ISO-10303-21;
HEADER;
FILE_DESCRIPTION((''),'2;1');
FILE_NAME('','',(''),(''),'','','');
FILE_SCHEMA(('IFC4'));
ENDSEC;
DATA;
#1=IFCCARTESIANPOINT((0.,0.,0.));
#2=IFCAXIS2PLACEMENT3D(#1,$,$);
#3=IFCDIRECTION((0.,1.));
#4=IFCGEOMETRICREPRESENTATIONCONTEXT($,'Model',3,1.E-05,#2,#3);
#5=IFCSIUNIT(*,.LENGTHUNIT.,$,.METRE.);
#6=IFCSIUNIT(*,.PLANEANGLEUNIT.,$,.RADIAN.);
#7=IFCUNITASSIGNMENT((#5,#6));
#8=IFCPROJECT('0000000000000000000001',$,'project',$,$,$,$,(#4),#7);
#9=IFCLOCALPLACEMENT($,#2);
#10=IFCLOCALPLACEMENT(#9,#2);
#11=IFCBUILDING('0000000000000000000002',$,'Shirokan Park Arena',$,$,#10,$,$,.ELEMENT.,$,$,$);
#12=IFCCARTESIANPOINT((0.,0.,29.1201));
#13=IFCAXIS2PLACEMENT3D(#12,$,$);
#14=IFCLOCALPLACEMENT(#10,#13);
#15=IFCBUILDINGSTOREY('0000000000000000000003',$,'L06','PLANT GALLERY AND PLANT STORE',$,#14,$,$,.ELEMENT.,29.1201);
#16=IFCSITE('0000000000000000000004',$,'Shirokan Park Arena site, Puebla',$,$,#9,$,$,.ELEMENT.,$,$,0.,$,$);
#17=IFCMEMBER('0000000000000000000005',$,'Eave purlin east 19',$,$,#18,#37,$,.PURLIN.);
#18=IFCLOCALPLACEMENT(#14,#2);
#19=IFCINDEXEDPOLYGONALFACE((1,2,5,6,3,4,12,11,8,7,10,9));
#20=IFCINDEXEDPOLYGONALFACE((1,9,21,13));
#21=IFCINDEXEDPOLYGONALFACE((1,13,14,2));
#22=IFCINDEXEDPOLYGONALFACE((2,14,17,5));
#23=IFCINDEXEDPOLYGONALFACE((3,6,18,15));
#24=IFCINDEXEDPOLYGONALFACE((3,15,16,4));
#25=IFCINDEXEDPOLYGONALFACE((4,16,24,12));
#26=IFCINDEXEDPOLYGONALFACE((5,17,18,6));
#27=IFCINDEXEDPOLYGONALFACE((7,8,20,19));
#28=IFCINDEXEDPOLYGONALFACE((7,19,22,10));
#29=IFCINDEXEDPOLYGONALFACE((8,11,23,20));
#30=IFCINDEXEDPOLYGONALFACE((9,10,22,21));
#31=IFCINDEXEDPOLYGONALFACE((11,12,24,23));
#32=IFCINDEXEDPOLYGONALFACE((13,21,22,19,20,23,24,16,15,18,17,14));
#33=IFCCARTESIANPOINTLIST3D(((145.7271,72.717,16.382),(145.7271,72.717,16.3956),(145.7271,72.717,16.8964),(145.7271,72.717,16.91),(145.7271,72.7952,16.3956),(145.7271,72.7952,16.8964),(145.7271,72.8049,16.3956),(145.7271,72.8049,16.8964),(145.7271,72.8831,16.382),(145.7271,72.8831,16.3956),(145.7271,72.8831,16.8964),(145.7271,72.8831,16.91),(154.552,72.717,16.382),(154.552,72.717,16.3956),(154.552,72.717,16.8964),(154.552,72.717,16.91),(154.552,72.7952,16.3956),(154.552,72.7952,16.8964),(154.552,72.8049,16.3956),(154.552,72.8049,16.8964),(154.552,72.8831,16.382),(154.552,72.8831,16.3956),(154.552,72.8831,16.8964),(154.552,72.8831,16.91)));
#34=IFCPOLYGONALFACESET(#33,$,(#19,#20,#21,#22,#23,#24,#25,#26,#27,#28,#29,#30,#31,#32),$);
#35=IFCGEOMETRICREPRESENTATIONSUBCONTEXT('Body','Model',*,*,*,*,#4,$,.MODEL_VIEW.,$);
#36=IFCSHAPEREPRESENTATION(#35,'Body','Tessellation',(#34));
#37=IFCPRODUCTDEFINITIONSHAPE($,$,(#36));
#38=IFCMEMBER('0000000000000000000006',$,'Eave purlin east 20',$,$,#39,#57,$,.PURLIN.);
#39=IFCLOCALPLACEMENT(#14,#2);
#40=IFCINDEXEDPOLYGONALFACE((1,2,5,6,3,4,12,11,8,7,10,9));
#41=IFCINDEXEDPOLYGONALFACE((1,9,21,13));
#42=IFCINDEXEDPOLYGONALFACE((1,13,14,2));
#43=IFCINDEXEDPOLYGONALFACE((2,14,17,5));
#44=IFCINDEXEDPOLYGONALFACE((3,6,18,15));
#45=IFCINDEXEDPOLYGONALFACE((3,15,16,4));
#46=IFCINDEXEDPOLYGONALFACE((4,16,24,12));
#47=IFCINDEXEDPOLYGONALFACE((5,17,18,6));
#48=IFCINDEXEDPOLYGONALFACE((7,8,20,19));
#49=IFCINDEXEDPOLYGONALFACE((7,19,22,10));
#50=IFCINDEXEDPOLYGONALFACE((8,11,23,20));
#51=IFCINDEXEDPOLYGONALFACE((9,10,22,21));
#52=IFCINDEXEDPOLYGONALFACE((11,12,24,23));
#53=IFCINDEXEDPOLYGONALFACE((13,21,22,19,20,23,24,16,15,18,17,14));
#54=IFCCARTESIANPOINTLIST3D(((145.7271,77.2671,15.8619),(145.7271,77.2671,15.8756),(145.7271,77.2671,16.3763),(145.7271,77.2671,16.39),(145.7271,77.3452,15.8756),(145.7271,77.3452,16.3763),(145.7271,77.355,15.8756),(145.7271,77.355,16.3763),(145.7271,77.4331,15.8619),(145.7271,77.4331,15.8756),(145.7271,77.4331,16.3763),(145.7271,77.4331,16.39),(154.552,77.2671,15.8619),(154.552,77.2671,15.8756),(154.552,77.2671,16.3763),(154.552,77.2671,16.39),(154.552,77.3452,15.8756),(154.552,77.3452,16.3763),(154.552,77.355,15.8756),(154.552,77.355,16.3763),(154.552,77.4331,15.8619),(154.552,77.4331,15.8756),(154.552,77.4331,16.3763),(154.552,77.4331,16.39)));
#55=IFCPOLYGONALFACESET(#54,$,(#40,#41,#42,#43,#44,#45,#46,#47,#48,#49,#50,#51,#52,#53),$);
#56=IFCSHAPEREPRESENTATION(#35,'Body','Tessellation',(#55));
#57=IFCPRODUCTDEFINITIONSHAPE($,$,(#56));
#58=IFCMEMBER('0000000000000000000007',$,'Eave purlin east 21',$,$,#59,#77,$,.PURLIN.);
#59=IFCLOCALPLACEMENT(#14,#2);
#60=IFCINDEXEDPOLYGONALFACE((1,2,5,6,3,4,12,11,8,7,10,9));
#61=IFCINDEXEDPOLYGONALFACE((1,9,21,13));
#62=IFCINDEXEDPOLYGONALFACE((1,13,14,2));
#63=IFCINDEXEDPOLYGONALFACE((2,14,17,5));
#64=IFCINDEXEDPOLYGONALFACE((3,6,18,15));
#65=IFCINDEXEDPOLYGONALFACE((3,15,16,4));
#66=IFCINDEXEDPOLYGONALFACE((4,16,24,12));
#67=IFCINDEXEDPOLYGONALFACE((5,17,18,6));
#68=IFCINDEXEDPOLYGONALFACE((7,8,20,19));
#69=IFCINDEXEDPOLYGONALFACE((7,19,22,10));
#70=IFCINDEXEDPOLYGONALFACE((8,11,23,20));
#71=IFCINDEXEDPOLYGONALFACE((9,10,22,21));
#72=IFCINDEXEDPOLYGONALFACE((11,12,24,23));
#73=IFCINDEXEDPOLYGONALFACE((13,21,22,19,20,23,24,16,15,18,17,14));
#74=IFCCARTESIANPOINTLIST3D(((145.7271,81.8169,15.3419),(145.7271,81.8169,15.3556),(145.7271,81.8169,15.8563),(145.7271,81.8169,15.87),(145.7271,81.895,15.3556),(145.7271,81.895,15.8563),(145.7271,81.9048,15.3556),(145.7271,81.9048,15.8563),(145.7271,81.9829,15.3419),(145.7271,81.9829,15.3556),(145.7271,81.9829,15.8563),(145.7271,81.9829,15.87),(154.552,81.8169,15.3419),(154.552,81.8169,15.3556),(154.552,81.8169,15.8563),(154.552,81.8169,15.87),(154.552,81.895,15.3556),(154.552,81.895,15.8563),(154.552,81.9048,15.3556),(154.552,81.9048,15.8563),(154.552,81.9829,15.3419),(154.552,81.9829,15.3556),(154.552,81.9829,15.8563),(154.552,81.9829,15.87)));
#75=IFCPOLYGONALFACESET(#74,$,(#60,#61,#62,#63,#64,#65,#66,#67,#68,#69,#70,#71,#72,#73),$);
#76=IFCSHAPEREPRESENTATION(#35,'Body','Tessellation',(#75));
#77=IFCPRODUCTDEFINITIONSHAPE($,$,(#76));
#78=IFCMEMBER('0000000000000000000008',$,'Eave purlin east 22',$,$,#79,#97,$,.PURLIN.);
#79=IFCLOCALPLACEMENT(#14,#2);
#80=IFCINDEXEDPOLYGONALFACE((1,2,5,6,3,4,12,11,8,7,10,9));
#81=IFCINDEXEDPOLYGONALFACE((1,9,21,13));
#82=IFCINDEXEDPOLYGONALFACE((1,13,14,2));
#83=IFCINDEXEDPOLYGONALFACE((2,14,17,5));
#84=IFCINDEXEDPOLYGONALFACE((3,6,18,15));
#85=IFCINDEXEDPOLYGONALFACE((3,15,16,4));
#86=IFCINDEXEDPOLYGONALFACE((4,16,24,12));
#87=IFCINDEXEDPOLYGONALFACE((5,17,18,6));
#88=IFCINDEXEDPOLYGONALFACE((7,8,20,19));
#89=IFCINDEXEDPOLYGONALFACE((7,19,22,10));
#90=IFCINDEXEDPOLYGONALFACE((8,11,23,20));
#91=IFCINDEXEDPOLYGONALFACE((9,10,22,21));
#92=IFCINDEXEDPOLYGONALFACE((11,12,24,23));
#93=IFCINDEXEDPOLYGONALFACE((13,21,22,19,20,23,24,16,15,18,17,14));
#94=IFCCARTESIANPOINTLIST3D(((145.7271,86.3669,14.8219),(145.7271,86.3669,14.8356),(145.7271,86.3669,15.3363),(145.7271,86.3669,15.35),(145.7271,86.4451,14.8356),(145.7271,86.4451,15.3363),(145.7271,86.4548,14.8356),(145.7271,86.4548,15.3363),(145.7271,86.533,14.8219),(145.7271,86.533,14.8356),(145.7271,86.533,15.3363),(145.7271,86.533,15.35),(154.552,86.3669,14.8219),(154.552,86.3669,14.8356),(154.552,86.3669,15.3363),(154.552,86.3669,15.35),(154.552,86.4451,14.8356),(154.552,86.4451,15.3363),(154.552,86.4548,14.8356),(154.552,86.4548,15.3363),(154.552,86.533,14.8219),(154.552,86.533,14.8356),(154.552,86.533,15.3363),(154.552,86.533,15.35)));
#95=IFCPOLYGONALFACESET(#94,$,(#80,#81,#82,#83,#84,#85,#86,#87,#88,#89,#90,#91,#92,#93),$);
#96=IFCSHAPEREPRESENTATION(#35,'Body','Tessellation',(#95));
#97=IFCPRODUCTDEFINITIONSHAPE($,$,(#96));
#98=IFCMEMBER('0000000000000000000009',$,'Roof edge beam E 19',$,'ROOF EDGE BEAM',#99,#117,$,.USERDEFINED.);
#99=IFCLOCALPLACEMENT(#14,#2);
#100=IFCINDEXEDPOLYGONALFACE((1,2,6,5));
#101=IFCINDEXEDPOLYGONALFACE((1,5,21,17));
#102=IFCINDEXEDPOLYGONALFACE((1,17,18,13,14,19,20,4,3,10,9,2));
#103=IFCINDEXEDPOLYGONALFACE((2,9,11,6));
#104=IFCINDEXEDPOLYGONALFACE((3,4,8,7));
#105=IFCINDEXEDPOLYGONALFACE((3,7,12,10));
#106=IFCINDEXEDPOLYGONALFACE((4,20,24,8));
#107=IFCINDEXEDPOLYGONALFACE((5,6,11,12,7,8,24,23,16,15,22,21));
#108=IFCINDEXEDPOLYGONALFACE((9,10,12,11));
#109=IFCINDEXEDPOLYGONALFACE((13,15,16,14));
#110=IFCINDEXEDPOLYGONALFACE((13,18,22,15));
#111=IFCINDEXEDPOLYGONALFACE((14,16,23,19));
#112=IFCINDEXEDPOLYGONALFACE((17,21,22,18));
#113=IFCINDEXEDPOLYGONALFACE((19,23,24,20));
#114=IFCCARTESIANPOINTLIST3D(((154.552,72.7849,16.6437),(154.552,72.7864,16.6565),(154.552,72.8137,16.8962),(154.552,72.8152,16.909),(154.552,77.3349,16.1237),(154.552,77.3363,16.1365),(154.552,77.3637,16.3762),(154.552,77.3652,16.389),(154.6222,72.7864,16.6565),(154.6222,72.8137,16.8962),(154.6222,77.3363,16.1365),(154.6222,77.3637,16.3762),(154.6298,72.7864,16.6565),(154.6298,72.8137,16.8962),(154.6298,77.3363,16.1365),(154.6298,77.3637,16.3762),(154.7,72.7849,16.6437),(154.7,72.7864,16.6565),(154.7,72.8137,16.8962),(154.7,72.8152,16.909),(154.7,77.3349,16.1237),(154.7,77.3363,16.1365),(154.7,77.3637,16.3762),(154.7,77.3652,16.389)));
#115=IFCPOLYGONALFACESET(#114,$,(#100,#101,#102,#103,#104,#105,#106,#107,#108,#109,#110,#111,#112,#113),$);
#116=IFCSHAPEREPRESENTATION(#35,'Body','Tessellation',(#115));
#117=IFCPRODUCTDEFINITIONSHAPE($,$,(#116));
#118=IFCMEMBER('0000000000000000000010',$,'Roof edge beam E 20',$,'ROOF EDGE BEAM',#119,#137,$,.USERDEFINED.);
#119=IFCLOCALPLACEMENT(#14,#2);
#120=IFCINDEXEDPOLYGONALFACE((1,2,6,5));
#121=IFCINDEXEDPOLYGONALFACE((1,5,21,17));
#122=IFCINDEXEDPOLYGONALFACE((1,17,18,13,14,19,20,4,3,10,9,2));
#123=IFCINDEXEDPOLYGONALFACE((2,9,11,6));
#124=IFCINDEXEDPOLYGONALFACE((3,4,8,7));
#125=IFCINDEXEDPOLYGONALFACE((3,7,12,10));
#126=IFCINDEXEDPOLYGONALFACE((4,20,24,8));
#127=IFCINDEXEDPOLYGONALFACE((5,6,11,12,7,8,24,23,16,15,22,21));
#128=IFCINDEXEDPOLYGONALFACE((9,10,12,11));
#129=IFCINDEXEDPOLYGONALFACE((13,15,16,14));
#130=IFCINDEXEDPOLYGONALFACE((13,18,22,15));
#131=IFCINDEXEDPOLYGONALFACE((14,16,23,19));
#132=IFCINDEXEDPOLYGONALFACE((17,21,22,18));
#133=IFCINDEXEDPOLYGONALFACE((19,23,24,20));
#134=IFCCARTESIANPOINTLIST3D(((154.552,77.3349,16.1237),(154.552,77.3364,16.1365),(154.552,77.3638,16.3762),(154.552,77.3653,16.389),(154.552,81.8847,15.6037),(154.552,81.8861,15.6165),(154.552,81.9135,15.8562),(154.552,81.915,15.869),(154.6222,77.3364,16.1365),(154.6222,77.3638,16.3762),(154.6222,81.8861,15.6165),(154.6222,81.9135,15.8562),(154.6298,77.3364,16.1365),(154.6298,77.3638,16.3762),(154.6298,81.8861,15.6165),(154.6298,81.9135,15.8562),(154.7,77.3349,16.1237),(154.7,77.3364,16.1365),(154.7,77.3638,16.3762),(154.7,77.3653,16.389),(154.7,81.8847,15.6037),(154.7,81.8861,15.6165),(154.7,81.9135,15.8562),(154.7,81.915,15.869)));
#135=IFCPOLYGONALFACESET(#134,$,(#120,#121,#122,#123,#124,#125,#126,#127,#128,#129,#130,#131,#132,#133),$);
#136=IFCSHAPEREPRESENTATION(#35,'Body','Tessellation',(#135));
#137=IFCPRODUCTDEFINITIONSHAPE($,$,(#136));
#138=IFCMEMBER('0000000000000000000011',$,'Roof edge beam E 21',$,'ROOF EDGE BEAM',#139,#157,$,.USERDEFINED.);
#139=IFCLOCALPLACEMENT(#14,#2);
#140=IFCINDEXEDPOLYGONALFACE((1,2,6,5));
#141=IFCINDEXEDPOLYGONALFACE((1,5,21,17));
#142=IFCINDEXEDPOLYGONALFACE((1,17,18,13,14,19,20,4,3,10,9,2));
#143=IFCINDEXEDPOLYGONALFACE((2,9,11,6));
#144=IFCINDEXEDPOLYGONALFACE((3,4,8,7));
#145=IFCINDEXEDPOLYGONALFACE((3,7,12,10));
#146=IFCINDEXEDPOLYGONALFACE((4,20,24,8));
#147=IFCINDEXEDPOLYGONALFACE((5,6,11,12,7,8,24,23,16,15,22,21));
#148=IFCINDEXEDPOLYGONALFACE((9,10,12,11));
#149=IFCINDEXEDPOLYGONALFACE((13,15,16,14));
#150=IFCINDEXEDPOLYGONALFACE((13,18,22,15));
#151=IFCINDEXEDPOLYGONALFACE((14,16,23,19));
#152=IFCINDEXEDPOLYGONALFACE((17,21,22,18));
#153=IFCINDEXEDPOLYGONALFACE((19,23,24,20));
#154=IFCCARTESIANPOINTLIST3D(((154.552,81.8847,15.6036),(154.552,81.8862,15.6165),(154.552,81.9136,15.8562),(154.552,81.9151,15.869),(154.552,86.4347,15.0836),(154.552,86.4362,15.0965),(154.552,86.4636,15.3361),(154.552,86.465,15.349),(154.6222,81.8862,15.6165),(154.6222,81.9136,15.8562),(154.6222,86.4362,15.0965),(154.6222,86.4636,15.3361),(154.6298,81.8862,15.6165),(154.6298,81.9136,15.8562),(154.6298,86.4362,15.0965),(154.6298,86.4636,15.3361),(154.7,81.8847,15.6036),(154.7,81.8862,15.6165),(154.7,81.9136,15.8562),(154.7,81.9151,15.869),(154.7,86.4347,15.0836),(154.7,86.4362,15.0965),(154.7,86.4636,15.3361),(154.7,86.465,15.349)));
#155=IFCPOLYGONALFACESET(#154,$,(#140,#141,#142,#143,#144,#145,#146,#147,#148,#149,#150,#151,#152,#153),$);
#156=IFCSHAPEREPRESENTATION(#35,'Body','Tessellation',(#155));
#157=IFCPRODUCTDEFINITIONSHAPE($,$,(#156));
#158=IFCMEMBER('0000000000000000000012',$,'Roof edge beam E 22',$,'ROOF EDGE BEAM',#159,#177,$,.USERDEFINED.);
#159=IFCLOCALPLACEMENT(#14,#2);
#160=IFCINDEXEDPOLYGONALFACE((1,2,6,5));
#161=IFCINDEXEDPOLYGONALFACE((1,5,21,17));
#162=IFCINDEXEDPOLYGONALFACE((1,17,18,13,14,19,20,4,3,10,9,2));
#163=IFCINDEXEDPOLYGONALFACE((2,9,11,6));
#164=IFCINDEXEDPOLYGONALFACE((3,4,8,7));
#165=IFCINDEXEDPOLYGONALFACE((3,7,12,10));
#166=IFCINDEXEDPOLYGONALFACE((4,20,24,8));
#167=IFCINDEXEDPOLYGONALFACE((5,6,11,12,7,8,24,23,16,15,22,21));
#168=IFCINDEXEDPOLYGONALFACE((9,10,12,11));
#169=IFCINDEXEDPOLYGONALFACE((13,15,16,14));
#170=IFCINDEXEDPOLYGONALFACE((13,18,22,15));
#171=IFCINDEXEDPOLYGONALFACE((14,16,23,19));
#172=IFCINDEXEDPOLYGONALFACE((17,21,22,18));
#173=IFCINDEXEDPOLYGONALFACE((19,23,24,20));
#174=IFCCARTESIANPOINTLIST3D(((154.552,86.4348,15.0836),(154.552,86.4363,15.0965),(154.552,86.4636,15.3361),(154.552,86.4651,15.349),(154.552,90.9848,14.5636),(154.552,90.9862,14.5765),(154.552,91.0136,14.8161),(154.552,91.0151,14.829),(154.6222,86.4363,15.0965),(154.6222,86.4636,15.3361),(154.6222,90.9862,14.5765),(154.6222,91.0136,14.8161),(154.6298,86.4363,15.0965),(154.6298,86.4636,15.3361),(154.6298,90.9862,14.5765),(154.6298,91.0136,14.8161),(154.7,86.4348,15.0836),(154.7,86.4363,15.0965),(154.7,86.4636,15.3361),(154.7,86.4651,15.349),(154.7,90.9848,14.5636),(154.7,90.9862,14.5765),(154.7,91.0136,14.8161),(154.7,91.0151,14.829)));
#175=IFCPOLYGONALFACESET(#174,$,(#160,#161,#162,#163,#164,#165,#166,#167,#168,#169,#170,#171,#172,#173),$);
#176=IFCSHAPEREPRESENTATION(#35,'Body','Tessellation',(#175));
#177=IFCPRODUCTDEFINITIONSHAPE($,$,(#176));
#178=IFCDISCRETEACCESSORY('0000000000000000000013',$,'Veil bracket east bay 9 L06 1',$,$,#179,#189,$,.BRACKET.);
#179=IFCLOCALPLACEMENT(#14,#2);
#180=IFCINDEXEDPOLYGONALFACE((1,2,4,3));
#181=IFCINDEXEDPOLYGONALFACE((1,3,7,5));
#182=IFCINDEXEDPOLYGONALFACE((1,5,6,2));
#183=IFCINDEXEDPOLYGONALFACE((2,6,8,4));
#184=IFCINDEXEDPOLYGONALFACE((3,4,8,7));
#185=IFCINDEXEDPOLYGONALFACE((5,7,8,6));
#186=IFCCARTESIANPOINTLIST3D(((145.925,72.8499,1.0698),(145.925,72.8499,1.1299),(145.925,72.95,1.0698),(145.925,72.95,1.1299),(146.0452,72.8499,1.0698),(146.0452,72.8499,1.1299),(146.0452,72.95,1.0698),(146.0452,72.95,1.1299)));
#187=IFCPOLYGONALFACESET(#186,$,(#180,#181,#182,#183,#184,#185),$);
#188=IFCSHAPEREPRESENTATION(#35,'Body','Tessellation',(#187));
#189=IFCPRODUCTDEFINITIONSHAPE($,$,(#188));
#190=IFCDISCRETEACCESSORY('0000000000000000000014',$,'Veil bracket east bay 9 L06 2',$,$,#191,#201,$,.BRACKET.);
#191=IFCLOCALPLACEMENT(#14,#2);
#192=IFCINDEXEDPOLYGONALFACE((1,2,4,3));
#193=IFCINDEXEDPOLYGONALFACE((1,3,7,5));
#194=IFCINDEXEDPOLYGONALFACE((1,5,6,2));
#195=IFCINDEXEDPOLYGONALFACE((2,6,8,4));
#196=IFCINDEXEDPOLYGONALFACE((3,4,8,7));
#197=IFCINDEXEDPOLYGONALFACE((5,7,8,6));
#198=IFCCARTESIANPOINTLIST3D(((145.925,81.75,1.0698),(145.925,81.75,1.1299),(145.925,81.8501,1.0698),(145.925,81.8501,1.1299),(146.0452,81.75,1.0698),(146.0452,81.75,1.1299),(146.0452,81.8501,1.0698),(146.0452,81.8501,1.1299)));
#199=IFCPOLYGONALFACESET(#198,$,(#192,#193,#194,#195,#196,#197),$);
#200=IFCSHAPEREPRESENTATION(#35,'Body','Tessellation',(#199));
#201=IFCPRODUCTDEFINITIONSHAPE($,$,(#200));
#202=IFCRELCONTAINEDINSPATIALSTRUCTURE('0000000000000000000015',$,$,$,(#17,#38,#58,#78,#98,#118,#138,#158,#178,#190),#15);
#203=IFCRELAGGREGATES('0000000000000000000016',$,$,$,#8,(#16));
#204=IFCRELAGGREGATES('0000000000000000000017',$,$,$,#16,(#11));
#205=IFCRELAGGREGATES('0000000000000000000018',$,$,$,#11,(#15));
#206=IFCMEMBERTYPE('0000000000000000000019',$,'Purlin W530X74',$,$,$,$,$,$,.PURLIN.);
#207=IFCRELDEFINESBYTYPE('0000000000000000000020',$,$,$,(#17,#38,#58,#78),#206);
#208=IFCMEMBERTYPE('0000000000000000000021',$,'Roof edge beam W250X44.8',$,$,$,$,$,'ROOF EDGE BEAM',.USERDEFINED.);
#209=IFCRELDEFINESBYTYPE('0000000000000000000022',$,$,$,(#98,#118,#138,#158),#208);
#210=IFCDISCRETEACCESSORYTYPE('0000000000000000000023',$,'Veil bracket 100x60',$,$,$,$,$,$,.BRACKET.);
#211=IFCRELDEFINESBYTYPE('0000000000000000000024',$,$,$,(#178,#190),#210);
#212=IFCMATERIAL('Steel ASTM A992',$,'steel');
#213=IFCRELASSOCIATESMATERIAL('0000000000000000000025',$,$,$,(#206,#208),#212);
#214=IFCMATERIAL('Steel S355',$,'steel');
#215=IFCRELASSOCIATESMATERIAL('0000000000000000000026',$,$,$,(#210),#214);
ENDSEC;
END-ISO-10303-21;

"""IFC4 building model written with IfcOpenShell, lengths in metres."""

from ifc_helpers import new_model, si_unit, direction, frame, origin, origin_2d, place, context, subcontext, project, spatial, rectangle, i_section, extrude, material, material_profile, profile_set, type_object, element, save


model = new_model("IFC4")

# Units and contexts
model_context = context("Model", 3, precision=1e-05, world=origin(), true_north=direction((0.0, 1.0)))
body_context = subcontext(model_context, "Body", "Model", "MODEL_VIEW")
ifc_project = project(units=[si_unit("LENGTHUNIT", "METRE"), si_unit("PLANEANGLEUNIT", "RADIAN")], contexts=[model_context])

# Site, building, storey
site_placement = place(None, origin())
site = spatial("IfcSite", under=ifc_project, at=site_placement, Name="Shirokan Park Arena site, Puebla", CompositionType="ELEMENT", RefElevation=0.0)
building_placement = place(site_placement, origin())
building = spatial("IfcBuilding", under=site, at=building_placement, Name="Shirokan Park Arena", CompositionType="ELEMENT")
storey_placement = place(building_placement, frame((0.0, 0.0, 29.1201)))
storey = spatial("IfcBuildingStorey", under=building, at=storey_placement, Name="L06", Description="PLANT GALLERY AND PLANT STORE", CompositionType="ELEMENT", Elevation=29.1201)

# Members
ifc_material_1 = material(Name="Steel ASTM A992", Category="steel")
ifc_material_profile_1 = material_profile(ifc_material_1, i_section(OverallWidth=0.166, OverallDepth=0.5281, WebThickness=0.0098, FlangeThickness=0.0137, at=origin_2d()), Name="W530X74")
ifc_profile_set_1 = profile_set([ifc_material_profile_1], Name="Steel ASTM A992")
member_type_1 = type_object("IfcMemberType", Name="Purlin W530X74", PredefinedType="PURLIN", material=ifc_profile_set_1)
for number, where, z_axis, x_axis, name in (
    (1, (145.7271, 72.8, 16.646), (1.0, 0.0, 0.0), (0.0, 1.0, 0.0), "Eave purlin east 19"),
    (2, (145.7271, 77.3501, 16.126), (1.0, 0.0, 0.0), (0.0, 1.0, 0.0), "Eave purlin east 20"),
    (3, (145.7271, 81.8999, 15.606), (1.0, 0.0, 0.0), (0.0, 1.0, 0.0), "Eave purlin east 21"),
    (4, (145.7271, 86.45, 15.0859), (1.0, 0.0, 0.0), (0.0, 1.0, 0.0), "Eave purlin east 22"),
):
    element("IfcMember", number, at=place(storey_placement, frame(where, z_axis=z_axis, x_axis=x_axis)), inside=storey, type_object=member_type_1, Name=name, PredefinedType="PURLIN", context=body_context, shape_type="SweptSolid", body=[
        extrude(i_section(OverallWidth=0.166, OverallDepth=0.5281, WebThickness=0.0098, FlangeThickness=0.0137, at=origin_2d()), origin(), (0.0, 0.0, 1.0), 8.825),
    ])
ifc_material_profile_2 = material_profile(ifc_material_1, i_section(OverallWidth=0.1479, OverallDepth=0.2671, WebThickness=0.0076, FlangeThickness=0.0129, at=origin_2d()), Name="W250X44.8")
ifc_profile_set_2 = profile_set([ifc_material_profile_2], Name="Steel ASTM A992")
member_type_2 = type_object("IfcMemberType", Name="Roof edge beam W250X44.8", ElementType="ROOF EDGE BEAM", PredefinedType="USERDEFINED", material=ifc_profile_set_2)
member_1_placement = place(storey_placement, frame((154.626, 72.8, 16.7764), z_axis=(0.0, 0.993532, -0.11355), x_axis=(-1.0, 0.0, 0.0)))
element("IfcMember", 5, at=member_1_placement, inside=storey, type_object=member_type_2, Name="Roof edge beam E 19", ObjectType="ROOF EDGE BEAM", PredefinedType="USERDEFINED", context=body_context, shape_type="SweptSolid", body=[
    extrude(i_section(OverallWidth=0.1479, OverallDepth=0.2671, WebThickness=0.0076, FlangeThickness=0.0129, at=origin_2d()), origin(), (0.0, 0.0, 1.0), 4.5796),
])
member_2_placement = place(storey_placement, frame((154.626, 77.3501, 16.2563), z_axis=(0.0, 0.993532, -0.113556), x_axis=(-1.0, 0.0, 0.0)))
element("IfcMember", 6, at=member_2_placement, inside=storey, type_object=member_type_2, Name="Roof edge beam E 20", ObjectType="ROOF EDGE BEAM", PredefinedType="USERDEFINED", context=body_context, shape_type="SweptSolid", body=[
    extrude(i_section(OverallWidth=0.1479, OverallDepth=0.2671, WebThickness=0.0076, FlangeThickness=0.0129, at=origin_2d()), origin(), (0.0, 0.0, 1.0), 4.5793),
])
for number, where, z_axis, x_axis, name in (
    (7, (154.626, 81.8999, 15.7363), (0.0, 0.993532, -0.11355), (-1.0, 0.0, 0.0), "Roof edge beam E 21"),
    (8, (154.626, 86.45, 15.2163), (0.0, 0.993532, -0.11355), (-1.0, 0.0, 0.0), "Roof edge beam E 22"),
):
    element("IfcMember", number, at=place(storey_placement, frame(where, z_axis=z_axis, x_axis=x_axis)), inside=storey, type_object=member_type_2, Name=name, ObjectType="ROOF EDGE BEAM", PredefinedType="USERDEFINED", context=body_context, shape_type="SweptSolid", body=[
        extrude(i_section(OverallWidth=0.1479, OverallDepth=0.2671, WebThickness=0.0076, FlangeThickness=0.0129, at=origin_2d()), origin(), (0.0, 0.0, 1.0), 4.5796),
    ])

# Discrete accessories
ifc_material_2 = material(Name="Steel S355", Category="steel")
discrete_accessory_type = type_object("IfcDiscreteAccessoryType", Name="Veil bracket 100x60", PredefinedType="BRACKET", material=ifc_material_2)
for number, where, z_axis, x_axis, name in (
    (9, (145.9851, 72.8999, 1.0698), (0.0, 0.0, 1.0), (0.0, 1.0, 0.0), "Veil bracket east bay 9 L06 1"),
    (10, (145.9851, 81.8, 1.0698), (0.0, 0.0, 1.0), (0.0, 1.0, 0.0), "Veil bracket east bay 9 L06 2"),
):
    element("IfcDiscreteAccessory", number, at=place(storey_placement, frame(where, z_axis=z_axis, x_axis=x_axis)), inside=storey, type_object=discrete_accessory_type, Name=name, PredefinedType="BRACKET", context=body_context, shape_type="SweptSolid", body=[
        extrude(rectangle(XDim=0.1001, YDim=0.1201, at=origin_2d()), origin(), (0.0, 0.0, 1.0), 0.0601),
    ])

save(model, "model.ifc")
